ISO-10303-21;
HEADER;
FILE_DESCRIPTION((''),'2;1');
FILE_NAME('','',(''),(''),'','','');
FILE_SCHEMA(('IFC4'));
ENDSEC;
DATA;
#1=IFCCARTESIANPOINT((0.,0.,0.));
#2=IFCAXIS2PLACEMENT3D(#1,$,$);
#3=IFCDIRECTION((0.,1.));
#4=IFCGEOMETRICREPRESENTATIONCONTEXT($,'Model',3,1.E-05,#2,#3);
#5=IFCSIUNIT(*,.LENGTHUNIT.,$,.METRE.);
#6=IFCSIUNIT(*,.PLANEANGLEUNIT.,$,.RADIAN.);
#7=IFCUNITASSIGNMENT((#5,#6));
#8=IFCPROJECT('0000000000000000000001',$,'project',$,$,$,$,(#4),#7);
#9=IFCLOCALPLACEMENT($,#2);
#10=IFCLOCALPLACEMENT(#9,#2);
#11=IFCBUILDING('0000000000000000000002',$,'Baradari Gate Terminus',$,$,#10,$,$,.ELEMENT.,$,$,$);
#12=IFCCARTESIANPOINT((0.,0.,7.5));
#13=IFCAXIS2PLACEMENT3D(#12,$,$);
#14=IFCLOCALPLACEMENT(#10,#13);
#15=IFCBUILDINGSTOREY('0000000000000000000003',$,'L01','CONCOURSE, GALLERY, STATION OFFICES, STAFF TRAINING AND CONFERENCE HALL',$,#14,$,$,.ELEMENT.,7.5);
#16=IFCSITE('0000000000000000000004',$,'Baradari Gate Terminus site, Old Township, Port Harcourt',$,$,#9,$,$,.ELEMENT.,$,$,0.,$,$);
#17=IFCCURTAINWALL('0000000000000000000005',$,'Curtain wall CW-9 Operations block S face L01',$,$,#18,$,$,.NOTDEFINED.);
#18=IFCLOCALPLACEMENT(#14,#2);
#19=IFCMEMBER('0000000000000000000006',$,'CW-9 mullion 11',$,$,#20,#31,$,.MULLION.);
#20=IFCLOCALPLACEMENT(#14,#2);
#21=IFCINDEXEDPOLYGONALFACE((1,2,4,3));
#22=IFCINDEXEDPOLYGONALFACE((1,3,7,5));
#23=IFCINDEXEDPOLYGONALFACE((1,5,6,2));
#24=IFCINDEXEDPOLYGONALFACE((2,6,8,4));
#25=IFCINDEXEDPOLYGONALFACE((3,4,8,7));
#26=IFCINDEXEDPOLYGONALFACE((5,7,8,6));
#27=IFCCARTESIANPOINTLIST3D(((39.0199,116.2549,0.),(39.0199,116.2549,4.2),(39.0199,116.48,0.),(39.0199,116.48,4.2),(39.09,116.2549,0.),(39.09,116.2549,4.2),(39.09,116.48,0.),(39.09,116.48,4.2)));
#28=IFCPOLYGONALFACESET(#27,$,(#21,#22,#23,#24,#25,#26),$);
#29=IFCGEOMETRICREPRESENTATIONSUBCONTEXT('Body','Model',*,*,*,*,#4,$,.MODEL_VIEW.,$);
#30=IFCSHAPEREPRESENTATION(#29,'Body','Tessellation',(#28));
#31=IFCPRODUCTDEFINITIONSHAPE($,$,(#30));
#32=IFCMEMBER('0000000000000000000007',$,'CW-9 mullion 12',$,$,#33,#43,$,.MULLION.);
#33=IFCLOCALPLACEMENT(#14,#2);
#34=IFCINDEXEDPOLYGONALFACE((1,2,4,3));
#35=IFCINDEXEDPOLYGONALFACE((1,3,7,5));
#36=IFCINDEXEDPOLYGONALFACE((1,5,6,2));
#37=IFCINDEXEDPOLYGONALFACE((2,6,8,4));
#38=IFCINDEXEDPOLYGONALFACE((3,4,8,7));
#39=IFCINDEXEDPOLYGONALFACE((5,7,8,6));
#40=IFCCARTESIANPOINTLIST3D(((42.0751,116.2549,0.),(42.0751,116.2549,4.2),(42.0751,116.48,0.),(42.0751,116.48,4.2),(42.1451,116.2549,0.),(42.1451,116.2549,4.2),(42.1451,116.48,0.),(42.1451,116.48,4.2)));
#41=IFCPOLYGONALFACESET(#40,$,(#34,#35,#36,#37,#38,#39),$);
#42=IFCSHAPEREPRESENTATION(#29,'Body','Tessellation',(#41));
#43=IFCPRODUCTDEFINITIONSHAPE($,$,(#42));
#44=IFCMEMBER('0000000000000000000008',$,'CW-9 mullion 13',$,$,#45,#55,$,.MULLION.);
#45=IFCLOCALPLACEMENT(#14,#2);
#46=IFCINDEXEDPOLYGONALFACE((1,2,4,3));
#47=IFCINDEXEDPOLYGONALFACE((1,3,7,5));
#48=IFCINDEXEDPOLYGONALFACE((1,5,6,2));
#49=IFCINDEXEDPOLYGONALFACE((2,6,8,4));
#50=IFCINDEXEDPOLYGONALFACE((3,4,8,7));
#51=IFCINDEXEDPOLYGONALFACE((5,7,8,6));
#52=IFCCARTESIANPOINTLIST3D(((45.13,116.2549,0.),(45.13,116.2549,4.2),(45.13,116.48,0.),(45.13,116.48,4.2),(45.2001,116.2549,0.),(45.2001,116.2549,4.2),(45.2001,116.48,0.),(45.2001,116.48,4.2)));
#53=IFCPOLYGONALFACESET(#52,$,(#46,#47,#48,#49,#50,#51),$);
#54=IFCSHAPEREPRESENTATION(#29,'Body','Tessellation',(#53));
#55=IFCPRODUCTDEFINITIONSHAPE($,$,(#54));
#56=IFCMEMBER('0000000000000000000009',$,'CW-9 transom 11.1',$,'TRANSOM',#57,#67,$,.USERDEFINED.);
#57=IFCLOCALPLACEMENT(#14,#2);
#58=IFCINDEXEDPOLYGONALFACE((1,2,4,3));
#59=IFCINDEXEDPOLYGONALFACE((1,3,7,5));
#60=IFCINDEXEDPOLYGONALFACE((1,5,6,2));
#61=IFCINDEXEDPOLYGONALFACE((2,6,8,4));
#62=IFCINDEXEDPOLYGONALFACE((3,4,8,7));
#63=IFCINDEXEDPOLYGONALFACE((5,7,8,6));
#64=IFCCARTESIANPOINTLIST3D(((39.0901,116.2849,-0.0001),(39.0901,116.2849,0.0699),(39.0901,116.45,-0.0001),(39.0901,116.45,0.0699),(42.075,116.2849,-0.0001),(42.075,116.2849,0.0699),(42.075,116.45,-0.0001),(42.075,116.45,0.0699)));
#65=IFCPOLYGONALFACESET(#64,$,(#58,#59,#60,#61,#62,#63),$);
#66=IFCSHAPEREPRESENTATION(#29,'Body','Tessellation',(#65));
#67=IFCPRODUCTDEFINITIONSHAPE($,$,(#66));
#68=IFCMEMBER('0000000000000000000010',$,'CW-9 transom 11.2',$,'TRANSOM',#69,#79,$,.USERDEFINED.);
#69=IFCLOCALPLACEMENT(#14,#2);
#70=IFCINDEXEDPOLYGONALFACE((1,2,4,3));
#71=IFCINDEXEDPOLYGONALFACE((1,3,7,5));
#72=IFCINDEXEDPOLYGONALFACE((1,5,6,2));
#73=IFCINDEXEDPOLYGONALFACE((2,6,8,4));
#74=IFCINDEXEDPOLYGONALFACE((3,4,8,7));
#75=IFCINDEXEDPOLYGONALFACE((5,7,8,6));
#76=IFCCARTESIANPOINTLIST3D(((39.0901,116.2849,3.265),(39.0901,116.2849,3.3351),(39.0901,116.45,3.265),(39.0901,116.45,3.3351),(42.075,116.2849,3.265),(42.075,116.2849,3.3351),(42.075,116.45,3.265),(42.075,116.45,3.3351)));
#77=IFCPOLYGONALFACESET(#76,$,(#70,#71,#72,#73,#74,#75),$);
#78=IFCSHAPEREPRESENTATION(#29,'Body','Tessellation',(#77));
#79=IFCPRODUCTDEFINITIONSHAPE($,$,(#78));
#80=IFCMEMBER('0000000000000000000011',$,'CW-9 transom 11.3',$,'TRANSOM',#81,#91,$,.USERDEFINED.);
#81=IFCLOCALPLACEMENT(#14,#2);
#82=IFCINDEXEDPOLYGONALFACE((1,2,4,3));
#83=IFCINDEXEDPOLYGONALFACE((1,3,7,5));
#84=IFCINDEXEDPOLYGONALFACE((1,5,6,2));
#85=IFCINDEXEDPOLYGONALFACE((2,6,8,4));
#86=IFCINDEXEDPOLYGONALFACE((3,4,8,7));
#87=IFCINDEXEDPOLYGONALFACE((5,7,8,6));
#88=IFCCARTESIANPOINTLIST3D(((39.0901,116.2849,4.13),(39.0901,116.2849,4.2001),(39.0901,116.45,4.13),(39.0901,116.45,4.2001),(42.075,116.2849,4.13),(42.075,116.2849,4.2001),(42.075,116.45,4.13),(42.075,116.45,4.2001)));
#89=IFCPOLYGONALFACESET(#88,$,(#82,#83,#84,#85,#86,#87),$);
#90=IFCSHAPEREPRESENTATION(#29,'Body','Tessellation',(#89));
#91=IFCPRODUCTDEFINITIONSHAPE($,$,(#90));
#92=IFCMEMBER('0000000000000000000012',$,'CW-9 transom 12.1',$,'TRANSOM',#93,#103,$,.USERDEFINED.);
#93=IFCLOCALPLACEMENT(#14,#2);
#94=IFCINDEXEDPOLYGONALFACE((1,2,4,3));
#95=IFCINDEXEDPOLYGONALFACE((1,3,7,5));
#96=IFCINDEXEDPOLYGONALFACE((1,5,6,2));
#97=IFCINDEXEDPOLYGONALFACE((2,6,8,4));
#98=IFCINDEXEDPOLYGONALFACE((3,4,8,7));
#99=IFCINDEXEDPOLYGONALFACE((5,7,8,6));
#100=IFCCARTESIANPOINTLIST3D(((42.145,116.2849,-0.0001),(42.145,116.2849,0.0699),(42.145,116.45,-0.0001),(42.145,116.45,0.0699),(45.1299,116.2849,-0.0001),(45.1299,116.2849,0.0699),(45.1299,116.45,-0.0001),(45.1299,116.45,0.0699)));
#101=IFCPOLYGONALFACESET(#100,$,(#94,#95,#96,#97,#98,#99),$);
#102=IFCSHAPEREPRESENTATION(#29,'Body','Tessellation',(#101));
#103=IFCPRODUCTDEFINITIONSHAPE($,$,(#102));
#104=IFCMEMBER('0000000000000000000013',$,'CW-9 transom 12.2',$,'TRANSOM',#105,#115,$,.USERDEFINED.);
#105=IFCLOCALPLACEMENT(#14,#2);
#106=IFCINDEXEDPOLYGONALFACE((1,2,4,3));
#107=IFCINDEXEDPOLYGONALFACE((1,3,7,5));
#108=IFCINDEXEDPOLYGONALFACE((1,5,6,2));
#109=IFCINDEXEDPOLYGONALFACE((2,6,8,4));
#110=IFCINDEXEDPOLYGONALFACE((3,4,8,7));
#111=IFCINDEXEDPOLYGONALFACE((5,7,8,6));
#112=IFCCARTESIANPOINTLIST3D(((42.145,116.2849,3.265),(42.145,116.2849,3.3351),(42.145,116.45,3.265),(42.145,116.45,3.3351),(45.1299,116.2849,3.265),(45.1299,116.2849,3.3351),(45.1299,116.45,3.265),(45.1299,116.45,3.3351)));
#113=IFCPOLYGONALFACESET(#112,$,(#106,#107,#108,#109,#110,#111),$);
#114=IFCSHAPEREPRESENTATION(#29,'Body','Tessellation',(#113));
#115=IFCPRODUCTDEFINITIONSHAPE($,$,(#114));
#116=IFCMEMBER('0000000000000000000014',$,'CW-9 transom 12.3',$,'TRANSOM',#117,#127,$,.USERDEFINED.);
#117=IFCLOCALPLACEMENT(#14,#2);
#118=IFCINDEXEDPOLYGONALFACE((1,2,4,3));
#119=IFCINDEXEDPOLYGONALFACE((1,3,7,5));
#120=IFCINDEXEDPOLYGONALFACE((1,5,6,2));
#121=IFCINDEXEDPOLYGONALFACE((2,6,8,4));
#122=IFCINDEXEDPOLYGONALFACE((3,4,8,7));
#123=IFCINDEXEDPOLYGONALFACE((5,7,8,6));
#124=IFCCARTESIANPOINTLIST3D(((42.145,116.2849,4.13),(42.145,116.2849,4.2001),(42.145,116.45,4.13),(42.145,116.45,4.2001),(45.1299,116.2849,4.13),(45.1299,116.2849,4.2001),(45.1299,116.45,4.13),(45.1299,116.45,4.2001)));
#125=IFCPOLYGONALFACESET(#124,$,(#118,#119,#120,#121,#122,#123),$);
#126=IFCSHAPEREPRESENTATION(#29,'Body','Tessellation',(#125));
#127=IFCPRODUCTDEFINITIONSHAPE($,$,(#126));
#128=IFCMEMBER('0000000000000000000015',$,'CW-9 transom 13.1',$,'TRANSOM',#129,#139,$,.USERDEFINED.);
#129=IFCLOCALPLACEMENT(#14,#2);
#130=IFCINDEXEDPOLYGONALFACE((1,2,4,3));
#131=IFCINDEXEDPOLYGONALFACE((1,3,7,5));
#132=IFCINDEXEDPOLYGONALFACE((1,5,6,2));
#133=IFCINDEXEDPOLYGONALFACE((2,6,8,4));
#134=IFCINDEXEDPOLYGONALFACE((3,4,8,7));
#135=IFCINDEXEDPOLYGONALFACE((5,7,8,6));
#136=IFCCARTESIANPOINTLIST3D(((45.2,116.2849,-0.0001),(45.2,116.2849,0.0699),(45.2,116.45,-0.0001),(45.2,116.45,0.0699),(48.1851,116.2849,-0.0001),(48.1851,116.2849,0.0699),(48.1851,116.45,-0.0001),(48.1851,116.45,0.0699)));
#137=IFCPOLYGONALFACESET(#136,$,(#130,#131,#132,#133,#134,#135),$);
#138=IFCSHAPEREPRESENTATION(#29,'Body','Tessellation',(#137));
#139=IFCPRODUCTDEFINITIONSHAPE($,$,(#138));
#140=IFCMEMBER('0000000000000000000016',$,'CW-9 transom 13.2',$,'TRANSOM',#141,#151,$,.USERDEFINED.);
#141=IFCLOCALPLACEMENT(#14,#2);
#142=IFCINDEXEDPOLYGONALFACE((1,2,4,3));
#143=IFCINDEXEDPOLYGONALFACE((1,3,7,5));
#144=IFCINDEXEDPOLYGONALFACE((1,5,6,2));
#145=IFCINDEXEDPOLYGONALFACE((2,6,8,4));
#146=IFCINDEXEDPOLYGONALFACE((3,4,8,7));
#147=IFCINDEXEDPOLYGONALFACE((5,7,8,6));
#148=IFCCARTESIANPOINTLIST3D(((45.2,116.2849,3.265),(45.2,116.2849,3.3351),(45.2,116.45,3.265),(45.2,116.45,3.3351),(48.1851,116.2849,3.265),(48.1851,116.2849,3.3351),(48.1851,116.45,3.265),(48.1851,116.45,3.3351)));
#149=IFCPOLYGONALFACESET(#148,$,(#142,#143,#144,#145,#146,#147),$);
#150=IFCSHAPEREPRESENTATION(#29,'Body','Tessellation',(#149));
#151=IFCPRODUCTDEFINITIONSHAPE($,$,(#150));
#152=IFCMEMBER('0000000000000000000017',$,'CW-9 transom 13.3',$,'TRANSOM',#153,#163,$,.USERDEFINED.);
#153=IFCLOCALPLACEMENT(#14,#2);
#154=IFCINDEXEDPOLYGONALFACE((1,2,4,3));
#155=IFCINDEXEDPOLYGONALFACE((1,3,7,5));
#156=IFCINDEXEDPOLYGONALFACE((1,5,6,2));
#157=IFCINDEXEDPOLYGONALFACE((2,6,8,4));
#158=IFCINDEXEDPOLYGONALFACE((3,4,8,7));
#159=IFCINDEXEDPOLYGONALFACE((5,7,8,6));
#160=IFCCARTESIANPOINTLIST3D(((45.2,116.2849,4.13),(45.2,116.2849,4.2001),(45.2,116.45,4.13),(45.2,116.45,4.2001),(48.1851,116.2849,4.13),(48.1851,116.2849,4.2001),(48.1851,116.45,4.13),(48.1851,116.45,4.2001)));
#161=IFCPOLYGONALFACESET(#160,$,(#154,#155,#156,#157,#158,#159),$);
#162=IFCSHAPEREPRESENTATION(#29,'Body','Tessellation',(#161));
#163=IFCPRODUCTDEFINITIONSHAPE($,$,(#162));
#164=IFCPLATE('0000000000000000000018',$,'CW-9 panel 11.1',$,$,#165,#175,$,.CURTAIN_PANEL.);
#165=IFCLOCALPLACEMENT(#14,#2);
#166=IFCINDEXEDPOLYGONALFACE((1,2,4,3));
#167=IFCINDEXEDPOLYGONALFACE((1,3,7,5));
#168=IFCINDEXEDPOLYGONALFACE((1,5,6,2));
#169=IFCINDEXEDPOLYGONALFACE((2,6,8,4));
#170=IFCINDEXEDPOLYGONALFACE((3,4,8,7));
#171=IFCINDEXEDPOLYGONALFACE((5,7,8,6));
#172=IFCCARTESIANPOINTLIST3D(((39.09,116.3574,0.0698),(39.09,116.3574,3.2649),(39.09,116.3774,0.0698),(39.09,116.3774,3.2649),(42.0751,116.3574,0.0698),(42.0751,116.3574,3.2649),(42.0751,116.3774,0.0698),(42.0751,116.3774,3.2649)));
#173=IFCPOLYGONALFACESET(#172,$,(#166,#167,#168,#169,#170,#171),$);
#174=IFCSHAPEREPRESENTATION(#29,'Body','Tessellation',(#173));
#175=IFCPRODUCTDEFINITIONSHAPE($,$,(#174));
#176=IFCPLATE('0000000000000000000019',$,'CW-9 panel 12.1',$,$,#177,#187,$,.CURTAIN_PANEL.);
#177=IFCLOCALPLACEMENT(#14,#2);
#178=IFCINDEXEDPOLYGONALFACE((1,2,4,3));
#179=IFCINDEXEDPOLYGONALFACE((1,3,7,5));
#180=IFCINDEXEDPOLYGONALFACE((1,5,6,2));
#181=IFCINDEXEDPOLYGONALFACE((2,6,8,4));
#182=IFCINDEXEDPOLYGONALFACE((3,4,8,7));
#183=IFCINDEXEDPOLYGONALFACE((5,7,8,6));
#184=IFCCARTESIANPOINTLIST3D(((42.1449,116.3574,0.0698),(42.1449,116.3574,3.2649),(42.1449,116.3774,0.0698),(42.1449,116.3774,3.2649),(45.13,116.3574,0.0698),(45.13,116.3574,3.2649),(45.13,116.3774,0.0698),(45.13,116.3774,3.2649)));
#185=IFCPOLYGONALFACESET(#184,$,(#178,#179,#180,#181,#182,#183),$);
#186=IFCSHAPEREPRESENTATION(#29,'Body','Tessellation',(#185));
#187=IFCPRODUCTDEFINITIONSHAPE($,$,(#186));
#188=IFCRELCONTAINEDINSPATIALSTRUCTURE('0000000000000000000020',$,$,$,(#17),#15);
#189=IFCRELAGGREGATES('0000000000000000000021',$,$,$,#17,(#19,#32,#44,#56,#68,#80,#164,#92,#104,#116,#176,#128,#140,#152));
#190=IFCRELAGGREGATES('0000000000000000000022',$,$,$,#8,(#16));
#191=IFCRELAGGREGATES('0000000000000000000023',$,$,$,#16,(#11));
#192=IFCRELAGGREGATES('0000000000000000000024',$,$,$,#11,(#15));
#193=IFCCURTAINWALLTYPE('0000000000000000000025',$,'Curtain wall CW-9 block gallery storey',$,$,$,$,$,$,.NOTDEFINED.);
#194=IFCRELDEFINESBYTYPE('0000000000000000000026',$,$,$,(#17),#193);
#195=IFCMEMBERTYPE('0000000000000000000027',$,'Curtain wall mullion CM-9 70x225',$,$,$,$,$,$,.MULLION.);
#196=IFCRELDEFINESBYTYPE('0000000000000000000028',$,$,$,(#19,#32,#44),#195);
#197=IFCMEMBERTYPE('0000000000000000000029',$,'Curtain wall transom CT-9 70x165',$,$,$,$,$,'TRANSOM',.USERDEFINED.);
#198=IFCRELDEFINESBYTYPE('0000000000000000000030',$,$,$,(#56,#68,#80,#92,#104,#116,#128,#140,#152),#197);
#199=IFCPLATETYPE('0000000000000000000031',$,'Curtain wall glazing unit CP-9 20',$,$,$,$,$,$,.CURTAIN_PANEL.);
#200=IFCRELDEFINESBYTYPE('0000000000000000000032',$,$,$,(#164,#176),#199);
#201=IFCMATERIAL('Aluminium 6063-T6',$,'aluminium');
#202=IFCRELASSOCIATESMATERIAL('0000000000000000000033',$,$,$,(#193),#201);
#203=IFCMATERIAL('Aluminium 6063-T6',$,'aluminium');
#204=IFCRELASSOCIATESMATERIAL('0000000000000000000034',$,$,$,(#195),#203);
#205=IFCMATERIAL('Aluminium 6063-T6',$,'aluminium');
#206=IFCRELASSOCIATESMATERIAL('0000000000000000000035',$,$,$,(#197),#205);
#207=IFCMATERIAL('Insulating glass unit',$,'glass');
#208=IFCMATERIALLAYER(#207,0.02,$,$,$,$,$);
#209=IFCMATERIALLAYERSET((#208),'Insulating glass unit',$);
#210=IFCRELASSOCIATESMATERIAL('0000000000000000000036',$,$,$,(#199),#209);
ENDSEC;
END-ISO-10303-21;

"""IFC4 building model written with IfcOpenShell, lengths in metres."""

from ifc_helpers import new_model, si_unit, direction, frame, origin, origin_2d, place, context, subcontext, project, spatial, rectangle, extrude, material, layer, layer_set, material_profile, profile_set, type_object, element, aggregate, save


model = new_model("IFC4")

# Units and contexts
model_context = context("Model", 3, precision=1e-05, world=origin(), true_north=direction((0.0, 1.0)))
body_context = subcontext(model_context, "Body", "Model", "MODEL_VIEW")
ifc_project = project(units=[si_unit("LENGTHUNIT", "METRE"), si_unit("PLANEANGLEUNIT", "RADIAN")], contexts=[model_context])

# Site, building, storey
site_placement = place(None, origin())
site = spatial("IfcSite", under=ifc_project, at=site_placement, Name="Baradari Gate Terminus site, Old Township, Port Harcourt", CompositionType="ELEMENT", RefElevation=0.0)
building_placement = place(site_placement, origin())
building = spatial("IfcBuilding", under=site, at=building_placement, Name="Baradari Gate Terminus", CompositionType="ELEMENT")
storey_placement = place(building_placement, frame((0.0, 0.0, 7.5)))
storey = spatial("IfcBuildingStorey", under=building, at=storey_placement, Name="L01", Description="CONCOURSE, GALLERY, STATION OFFICES, STAFF TRAINING AND CONFERENCE HALL", CompositionType="ELEMENT", Elevation=7.5)

# Curtain wall, members, plates
ifc_material_1 = material(Name="Aluminium 6063-T6", Category="aluminium")
curtain_wall_type = type_object("IfcCurtainWallType", Name="Curtain wall CW-9 block gallery storey", PredefinedType="NOTDEFINED", material=ifc_material_1)
curtain_wall_placement = place(storey_placement, origin())
curtain_wall = element("IfcCurtainWall", 1, at=curtain_wall_placement, inside=storey, type_object=curtain_wall_type, Name="Curtain wall CW-9 Operations block S face L01", PredefinedType="NOTDEFINED")
ifc_material_2 = material(Name="Aluminium 6063-T6", Category="aluminium")
ifc_material_profile_1 = material_profile(ifc_material_2, rectangle(XDim=0.2251, YDim=0.0701, at=origin_2d()), Name="CM-9 70X225")
ifc_profile_set_1 = profile_set([ifc_material_profile_1], Name="Aluminium 6063-T6")
member_type_1 = type_object("IfcMemberType", Name="Curtain wall mullion CM-9 70x225", PredefinedType="MULLION", material=ifc_profile_set_1)
member_1_placement = place(storey_placement, frame((39.0549, 116.3674, 0.0), z_axis=(0.0, 0.0, 1.0), x_axis=(0.0, 1.0, 0.0)))
member_1 = element("IfcMember", 2, at=member_1_placement, type_object=member_type_1, Name="CW-9 mullion 11", PredefinedType="MULLION", context=body_context, shape_type="SweptSolid", body=[
    extrude(rectangle(XDim=0.2251, YDim=0.0701, at=origin_2d()), origin(), (0.0, 0.0, 1.0), 4.2),
])
member_2_placement = place(storey_placement, frame((42.1101, 116.3674, 0.0), z_axis=(0.0, 0.0, 1.0), x_axis=(0.0, 1.0, 0.0)))
member_2 = element("IfcMember", 3, at=member_2_placement, type_object=member_type_1, Name="CW-9 mullion 12", PredefinedType="MULLION", context=body_context, shape_type="SweptSolid", body=[
    extrude(rectangle(XDim=0.2251, YDim=0.0701, at=origin_2d()), origin(), (0.0, 0.0, 1.0), 4.2),
])
member_3_placement = place(storey_placement, frame((45.165, 116.3674, 0.0), z_axis=(0.0, 0.0, 1.0), x_axis=(0.0, 1.0, 0.0)))
member_3 = element("IfcMember", 4, at=member_3_placement, type_object=member_type_1, Name="CW-9 mullion 13", PredefinedType="MULLION", context=body_context, shape_type="SweptSolid", body=[
    extrude(rectangle(XDim=0.2251, YDim=0.0701, at=origin_2d()), origin(), (0.0, 0.0, 1.0), 4.2),
])
ifc_material_3 = material(Name="Aluminium 6063-T6", Category="aluminium")
ifc_material_profile_2 = material_profile(ifc_material_3, rectangle(XDim=0.165, YDim=0.0701, at=origin_2d()), Name="CT-9 70X165")
ifc_profile_set_2 = profile_set([ifc_material_profile_2], Name="Aluminium 6063-T6")
member_type_2 = type_object("IfcMemberType", Name="Curtain wall transom CT-9 70x165", ElementType="TRANSOM", PredefinedType="USERDEFINED", material=ifc_profile_set_2)
member_4_placement = place(storey_placement, frame((39.0901, 116.3674, 0.0349), z_axis=(1.0, 0.0, 0.0), x_axis=(0.0, 1.0, 0.0)))
member_4 = element("IfcMember", 5, at=member_4_placement, type_object=member_type_2, Name="CW-9 transom 11.1", ObjectType="TRANSOM", PredefinedType="USERDEFINED", context=body_context, shape_type="SweptSolid", body=[
    extrude(rectangle(XDim=0.165, YDim=0.0701, at=origin_2d()), origin(), (0.0, 0.0, 1.0), 2.9849),
])
member_5_placement = place(storey_placement, frame((39.0901, 116.3674, 3.3), z_axis=(1.0, 0.0, 0.0), x_axis=(0.0, 1.0, 0.0)))
member_5 = element("IfcMember", 6, at=member_5_placement, type_object=member_type_2, Name="CW-9 transom 11.2", ObjectType="TRANSOM", PredefinedType="USERDEFINED", context=body_context, shape_type="SweptSolid", body=[
    extrude(rectangle(XDim=0.165, YDim=0.0701, at=origin_2d()), origin(), (0.0, 0.0, 1.0), 2.9849),
])
member_6_placement = place(storey_placement, frame((39.0901, 116.3674, 4.165), z_axis=(1.0, 0.0, 0.0), x_axis=(0.0, 1.0, 0.0)))
member_6 = element("IfcMember", 7, at=member_6_placement, type_object=member_type_2, Name="CW-9 transom 11.3", ObjectType="TRANSOM", PredefinedType="USERDEFINED", context=body_context, shape_type="SweptSolid", body=[
    extrude(rectangle(XDim=0.165, YDim=0.0701, at=origin_2d()), origin(), (0.0, 0.0, 1.0), 2.9849),
])
member_7_placement = place(storey_placement, frame((42.145, 116.3674, 0.0349), z_axis=(1.0, 0.0, 0.0), x_axis=(0.0, 1.0, 0.0)))
member_7 = element("IfcMember", 8, at=member_7_placement, type_object=member_type_2, Name="CW-9 transom 12.1", ObjectType="TRANSOM", PredefinedType="USERDEFINED", context=body_context, shape_type="SweptSolid", body=[
    extrude(rectangle(XDim=0.165, YDim=0.0701, at=origin_2d()), origin(), (0.0, 0.0, 1.0), 2.9849),
])
member_8_placement = place(storey_placement, frame((42.145, 116.3674, 3.3), z_axis=(1.0, 0.0, 0.0), x_axis=(0.0, 1.0, 0.0)))
member_8 = element("IfcMember", 9, at=member_8_placement, type_object=member_type_2, Name="CW-9 transom 12.2", ObjectType="TRANSOM", PredefinedType="USERDEFINED", context=body_context, shape_type="SweptSolid", body=[
    extrude(rectangle(XDim=0.165, YDim=0.0701, at=origin_2d()), origin(), (0.0, 0.0, 1.0), 2.9849),
])
member_9_placement = place(storey_placement, frame((42.145, 116.3674, 4.165), z_axis=(1.0, 0.0, 0.0), x_axis=(0.0, 1.0, 0.0)))
member_9 = element("IfcMember", 10, at=member_9_placement, type_object=member_type_2, Name="CW-9 transom 12.3", ObjectType="TRANSOM", PredefinedType="USERDEFINED", context=body_context, shape_type="SweptSolid", body=[
    extrude(rectangle(XDim=0.165, YDim=0.0701, at=origin_2d()), origin(), (0.0, 0.0, 1.0), 2.9849),
])
member_10_placement = place(storey_placement, frame((45.2, 116.3674, 0.0349), z_axis=(1.0, 0.0, 0.0), x_axis=(0.0, 1.0, 0.0)))
member_10 = element("IfcMember", 11, at=member_10_placement, type_object=member_type_2, Name="CW-9 transom 13.1", ObjectType="TRANSOM", PredefinedType="USERDEFINED", context=body_context, shape_type="SweptSolid", body=[
    extrude(rectangle(XDim=0.165, YDim=0.0701, at=origin_2d()), origin(), (0.0, 0.0, 1.0), 2.9851),
])
member_11_placement = place(storey_placement, frame((45.2, 116.3674, 3.3), z_axis=(1.0, 0.0, 0.0), x_axis=(0.0, 1.0, 0.0)))
member_11 = element("IfcMember", 12, at=member_11_placement, type_object=member_type_2, Name="CW-9 transom 13.2", ObjectType="TRANSOM", PredefinedType="USERDEFINED", context=body_context, shape_type="SweptSolid", body=[
    extrude(rectangle(XDim=0.165, YDim=0.0701, at=origin_2d()), origin(), (0.0, 0.0, 1.0), 2.9851),
])
member_12_placement = place(storey_placement, frame((45.2, 116.3674, 4.165), z_axis=(1.0, 0.0, 0.0), x_axis=(0.0, 1.0, 0.0)))
member_12 = element("IfcMember", 13, at=member_12_placement, type_object=member_type_2, Name="CW-9 transom 13.3", ObjectType="TRANSOM", PredefinedType="USERDEFINED", context=body_context, shape_type="SweptSolid", body=[
    extrude(rectangle(XDim=0.165, YDim=0.0701, at=origin_2d()), origin(), (0.0, 0.0, 1.0), 2.9851),
])
ifc_material_4 = material(Name="Insulating glass unit", Category="glass")
ifc_layer_1 = layer(ifc_material_4, 0.02)
ifc_layer_set_1 = layer_set([ifc_layer_1], Name="Insulating glass unit")
plate_type_1 = type_object("IfcPlateType", Name="Curtain wall glazing unit CP-9 20", PredefinedType="CURTAIN_PANEL", material=ifc_layer_set_1)
plate_1_placement = place(storey_placement, frame((40.5825, 116.3674, 0.0698), z_axis=(0.0, 0.0, 1.0), x_axis=(1.0, 0.0, 0.0)))
plate_1 = element("IfcPlate", 14, at=plate_1_placement, type_object=plate_type_1, Name="CW-9 panel 11.1", PredefinedType="CURTAIN_PANEL", context=body_context, shape_type="SweptSolid", body=[
    extrude(rectangle(XDim=2.9851, YDim=0.02, at=origin_2d()), origin(), (0.0, 0.0, 1.0), 3.1951),
])
plate_2_placement = place(storey_placement, frame((43.6375, 116.3674, 0.0698), z_axis=(0.0, 0.0, 1.0), x_axis=(1.0, 0.0, 0.0)))
plate_2 = element("IfcPlate", 15, at=plate_2_placement, type_object=plate_type_1, Name="CW-9 panel 12.1", PredefinedType="CURTAIN_PANEL", context=body_context, shape_type="SweptSolid", body=[
    extrude(rectangle(XDim=2.9851, YDim=0.02, at=origin_2d()), origin(), (0.0, 0.0, 1.0), 3.1951),
])
aggregate(curtain_wall, [member_1, member_2, member_3, member_4, member_5, member_6, plate_1, member_7, member_8, member_9, plate_2, member_10, member_11, member_12])

save(model, "model.ifc")
